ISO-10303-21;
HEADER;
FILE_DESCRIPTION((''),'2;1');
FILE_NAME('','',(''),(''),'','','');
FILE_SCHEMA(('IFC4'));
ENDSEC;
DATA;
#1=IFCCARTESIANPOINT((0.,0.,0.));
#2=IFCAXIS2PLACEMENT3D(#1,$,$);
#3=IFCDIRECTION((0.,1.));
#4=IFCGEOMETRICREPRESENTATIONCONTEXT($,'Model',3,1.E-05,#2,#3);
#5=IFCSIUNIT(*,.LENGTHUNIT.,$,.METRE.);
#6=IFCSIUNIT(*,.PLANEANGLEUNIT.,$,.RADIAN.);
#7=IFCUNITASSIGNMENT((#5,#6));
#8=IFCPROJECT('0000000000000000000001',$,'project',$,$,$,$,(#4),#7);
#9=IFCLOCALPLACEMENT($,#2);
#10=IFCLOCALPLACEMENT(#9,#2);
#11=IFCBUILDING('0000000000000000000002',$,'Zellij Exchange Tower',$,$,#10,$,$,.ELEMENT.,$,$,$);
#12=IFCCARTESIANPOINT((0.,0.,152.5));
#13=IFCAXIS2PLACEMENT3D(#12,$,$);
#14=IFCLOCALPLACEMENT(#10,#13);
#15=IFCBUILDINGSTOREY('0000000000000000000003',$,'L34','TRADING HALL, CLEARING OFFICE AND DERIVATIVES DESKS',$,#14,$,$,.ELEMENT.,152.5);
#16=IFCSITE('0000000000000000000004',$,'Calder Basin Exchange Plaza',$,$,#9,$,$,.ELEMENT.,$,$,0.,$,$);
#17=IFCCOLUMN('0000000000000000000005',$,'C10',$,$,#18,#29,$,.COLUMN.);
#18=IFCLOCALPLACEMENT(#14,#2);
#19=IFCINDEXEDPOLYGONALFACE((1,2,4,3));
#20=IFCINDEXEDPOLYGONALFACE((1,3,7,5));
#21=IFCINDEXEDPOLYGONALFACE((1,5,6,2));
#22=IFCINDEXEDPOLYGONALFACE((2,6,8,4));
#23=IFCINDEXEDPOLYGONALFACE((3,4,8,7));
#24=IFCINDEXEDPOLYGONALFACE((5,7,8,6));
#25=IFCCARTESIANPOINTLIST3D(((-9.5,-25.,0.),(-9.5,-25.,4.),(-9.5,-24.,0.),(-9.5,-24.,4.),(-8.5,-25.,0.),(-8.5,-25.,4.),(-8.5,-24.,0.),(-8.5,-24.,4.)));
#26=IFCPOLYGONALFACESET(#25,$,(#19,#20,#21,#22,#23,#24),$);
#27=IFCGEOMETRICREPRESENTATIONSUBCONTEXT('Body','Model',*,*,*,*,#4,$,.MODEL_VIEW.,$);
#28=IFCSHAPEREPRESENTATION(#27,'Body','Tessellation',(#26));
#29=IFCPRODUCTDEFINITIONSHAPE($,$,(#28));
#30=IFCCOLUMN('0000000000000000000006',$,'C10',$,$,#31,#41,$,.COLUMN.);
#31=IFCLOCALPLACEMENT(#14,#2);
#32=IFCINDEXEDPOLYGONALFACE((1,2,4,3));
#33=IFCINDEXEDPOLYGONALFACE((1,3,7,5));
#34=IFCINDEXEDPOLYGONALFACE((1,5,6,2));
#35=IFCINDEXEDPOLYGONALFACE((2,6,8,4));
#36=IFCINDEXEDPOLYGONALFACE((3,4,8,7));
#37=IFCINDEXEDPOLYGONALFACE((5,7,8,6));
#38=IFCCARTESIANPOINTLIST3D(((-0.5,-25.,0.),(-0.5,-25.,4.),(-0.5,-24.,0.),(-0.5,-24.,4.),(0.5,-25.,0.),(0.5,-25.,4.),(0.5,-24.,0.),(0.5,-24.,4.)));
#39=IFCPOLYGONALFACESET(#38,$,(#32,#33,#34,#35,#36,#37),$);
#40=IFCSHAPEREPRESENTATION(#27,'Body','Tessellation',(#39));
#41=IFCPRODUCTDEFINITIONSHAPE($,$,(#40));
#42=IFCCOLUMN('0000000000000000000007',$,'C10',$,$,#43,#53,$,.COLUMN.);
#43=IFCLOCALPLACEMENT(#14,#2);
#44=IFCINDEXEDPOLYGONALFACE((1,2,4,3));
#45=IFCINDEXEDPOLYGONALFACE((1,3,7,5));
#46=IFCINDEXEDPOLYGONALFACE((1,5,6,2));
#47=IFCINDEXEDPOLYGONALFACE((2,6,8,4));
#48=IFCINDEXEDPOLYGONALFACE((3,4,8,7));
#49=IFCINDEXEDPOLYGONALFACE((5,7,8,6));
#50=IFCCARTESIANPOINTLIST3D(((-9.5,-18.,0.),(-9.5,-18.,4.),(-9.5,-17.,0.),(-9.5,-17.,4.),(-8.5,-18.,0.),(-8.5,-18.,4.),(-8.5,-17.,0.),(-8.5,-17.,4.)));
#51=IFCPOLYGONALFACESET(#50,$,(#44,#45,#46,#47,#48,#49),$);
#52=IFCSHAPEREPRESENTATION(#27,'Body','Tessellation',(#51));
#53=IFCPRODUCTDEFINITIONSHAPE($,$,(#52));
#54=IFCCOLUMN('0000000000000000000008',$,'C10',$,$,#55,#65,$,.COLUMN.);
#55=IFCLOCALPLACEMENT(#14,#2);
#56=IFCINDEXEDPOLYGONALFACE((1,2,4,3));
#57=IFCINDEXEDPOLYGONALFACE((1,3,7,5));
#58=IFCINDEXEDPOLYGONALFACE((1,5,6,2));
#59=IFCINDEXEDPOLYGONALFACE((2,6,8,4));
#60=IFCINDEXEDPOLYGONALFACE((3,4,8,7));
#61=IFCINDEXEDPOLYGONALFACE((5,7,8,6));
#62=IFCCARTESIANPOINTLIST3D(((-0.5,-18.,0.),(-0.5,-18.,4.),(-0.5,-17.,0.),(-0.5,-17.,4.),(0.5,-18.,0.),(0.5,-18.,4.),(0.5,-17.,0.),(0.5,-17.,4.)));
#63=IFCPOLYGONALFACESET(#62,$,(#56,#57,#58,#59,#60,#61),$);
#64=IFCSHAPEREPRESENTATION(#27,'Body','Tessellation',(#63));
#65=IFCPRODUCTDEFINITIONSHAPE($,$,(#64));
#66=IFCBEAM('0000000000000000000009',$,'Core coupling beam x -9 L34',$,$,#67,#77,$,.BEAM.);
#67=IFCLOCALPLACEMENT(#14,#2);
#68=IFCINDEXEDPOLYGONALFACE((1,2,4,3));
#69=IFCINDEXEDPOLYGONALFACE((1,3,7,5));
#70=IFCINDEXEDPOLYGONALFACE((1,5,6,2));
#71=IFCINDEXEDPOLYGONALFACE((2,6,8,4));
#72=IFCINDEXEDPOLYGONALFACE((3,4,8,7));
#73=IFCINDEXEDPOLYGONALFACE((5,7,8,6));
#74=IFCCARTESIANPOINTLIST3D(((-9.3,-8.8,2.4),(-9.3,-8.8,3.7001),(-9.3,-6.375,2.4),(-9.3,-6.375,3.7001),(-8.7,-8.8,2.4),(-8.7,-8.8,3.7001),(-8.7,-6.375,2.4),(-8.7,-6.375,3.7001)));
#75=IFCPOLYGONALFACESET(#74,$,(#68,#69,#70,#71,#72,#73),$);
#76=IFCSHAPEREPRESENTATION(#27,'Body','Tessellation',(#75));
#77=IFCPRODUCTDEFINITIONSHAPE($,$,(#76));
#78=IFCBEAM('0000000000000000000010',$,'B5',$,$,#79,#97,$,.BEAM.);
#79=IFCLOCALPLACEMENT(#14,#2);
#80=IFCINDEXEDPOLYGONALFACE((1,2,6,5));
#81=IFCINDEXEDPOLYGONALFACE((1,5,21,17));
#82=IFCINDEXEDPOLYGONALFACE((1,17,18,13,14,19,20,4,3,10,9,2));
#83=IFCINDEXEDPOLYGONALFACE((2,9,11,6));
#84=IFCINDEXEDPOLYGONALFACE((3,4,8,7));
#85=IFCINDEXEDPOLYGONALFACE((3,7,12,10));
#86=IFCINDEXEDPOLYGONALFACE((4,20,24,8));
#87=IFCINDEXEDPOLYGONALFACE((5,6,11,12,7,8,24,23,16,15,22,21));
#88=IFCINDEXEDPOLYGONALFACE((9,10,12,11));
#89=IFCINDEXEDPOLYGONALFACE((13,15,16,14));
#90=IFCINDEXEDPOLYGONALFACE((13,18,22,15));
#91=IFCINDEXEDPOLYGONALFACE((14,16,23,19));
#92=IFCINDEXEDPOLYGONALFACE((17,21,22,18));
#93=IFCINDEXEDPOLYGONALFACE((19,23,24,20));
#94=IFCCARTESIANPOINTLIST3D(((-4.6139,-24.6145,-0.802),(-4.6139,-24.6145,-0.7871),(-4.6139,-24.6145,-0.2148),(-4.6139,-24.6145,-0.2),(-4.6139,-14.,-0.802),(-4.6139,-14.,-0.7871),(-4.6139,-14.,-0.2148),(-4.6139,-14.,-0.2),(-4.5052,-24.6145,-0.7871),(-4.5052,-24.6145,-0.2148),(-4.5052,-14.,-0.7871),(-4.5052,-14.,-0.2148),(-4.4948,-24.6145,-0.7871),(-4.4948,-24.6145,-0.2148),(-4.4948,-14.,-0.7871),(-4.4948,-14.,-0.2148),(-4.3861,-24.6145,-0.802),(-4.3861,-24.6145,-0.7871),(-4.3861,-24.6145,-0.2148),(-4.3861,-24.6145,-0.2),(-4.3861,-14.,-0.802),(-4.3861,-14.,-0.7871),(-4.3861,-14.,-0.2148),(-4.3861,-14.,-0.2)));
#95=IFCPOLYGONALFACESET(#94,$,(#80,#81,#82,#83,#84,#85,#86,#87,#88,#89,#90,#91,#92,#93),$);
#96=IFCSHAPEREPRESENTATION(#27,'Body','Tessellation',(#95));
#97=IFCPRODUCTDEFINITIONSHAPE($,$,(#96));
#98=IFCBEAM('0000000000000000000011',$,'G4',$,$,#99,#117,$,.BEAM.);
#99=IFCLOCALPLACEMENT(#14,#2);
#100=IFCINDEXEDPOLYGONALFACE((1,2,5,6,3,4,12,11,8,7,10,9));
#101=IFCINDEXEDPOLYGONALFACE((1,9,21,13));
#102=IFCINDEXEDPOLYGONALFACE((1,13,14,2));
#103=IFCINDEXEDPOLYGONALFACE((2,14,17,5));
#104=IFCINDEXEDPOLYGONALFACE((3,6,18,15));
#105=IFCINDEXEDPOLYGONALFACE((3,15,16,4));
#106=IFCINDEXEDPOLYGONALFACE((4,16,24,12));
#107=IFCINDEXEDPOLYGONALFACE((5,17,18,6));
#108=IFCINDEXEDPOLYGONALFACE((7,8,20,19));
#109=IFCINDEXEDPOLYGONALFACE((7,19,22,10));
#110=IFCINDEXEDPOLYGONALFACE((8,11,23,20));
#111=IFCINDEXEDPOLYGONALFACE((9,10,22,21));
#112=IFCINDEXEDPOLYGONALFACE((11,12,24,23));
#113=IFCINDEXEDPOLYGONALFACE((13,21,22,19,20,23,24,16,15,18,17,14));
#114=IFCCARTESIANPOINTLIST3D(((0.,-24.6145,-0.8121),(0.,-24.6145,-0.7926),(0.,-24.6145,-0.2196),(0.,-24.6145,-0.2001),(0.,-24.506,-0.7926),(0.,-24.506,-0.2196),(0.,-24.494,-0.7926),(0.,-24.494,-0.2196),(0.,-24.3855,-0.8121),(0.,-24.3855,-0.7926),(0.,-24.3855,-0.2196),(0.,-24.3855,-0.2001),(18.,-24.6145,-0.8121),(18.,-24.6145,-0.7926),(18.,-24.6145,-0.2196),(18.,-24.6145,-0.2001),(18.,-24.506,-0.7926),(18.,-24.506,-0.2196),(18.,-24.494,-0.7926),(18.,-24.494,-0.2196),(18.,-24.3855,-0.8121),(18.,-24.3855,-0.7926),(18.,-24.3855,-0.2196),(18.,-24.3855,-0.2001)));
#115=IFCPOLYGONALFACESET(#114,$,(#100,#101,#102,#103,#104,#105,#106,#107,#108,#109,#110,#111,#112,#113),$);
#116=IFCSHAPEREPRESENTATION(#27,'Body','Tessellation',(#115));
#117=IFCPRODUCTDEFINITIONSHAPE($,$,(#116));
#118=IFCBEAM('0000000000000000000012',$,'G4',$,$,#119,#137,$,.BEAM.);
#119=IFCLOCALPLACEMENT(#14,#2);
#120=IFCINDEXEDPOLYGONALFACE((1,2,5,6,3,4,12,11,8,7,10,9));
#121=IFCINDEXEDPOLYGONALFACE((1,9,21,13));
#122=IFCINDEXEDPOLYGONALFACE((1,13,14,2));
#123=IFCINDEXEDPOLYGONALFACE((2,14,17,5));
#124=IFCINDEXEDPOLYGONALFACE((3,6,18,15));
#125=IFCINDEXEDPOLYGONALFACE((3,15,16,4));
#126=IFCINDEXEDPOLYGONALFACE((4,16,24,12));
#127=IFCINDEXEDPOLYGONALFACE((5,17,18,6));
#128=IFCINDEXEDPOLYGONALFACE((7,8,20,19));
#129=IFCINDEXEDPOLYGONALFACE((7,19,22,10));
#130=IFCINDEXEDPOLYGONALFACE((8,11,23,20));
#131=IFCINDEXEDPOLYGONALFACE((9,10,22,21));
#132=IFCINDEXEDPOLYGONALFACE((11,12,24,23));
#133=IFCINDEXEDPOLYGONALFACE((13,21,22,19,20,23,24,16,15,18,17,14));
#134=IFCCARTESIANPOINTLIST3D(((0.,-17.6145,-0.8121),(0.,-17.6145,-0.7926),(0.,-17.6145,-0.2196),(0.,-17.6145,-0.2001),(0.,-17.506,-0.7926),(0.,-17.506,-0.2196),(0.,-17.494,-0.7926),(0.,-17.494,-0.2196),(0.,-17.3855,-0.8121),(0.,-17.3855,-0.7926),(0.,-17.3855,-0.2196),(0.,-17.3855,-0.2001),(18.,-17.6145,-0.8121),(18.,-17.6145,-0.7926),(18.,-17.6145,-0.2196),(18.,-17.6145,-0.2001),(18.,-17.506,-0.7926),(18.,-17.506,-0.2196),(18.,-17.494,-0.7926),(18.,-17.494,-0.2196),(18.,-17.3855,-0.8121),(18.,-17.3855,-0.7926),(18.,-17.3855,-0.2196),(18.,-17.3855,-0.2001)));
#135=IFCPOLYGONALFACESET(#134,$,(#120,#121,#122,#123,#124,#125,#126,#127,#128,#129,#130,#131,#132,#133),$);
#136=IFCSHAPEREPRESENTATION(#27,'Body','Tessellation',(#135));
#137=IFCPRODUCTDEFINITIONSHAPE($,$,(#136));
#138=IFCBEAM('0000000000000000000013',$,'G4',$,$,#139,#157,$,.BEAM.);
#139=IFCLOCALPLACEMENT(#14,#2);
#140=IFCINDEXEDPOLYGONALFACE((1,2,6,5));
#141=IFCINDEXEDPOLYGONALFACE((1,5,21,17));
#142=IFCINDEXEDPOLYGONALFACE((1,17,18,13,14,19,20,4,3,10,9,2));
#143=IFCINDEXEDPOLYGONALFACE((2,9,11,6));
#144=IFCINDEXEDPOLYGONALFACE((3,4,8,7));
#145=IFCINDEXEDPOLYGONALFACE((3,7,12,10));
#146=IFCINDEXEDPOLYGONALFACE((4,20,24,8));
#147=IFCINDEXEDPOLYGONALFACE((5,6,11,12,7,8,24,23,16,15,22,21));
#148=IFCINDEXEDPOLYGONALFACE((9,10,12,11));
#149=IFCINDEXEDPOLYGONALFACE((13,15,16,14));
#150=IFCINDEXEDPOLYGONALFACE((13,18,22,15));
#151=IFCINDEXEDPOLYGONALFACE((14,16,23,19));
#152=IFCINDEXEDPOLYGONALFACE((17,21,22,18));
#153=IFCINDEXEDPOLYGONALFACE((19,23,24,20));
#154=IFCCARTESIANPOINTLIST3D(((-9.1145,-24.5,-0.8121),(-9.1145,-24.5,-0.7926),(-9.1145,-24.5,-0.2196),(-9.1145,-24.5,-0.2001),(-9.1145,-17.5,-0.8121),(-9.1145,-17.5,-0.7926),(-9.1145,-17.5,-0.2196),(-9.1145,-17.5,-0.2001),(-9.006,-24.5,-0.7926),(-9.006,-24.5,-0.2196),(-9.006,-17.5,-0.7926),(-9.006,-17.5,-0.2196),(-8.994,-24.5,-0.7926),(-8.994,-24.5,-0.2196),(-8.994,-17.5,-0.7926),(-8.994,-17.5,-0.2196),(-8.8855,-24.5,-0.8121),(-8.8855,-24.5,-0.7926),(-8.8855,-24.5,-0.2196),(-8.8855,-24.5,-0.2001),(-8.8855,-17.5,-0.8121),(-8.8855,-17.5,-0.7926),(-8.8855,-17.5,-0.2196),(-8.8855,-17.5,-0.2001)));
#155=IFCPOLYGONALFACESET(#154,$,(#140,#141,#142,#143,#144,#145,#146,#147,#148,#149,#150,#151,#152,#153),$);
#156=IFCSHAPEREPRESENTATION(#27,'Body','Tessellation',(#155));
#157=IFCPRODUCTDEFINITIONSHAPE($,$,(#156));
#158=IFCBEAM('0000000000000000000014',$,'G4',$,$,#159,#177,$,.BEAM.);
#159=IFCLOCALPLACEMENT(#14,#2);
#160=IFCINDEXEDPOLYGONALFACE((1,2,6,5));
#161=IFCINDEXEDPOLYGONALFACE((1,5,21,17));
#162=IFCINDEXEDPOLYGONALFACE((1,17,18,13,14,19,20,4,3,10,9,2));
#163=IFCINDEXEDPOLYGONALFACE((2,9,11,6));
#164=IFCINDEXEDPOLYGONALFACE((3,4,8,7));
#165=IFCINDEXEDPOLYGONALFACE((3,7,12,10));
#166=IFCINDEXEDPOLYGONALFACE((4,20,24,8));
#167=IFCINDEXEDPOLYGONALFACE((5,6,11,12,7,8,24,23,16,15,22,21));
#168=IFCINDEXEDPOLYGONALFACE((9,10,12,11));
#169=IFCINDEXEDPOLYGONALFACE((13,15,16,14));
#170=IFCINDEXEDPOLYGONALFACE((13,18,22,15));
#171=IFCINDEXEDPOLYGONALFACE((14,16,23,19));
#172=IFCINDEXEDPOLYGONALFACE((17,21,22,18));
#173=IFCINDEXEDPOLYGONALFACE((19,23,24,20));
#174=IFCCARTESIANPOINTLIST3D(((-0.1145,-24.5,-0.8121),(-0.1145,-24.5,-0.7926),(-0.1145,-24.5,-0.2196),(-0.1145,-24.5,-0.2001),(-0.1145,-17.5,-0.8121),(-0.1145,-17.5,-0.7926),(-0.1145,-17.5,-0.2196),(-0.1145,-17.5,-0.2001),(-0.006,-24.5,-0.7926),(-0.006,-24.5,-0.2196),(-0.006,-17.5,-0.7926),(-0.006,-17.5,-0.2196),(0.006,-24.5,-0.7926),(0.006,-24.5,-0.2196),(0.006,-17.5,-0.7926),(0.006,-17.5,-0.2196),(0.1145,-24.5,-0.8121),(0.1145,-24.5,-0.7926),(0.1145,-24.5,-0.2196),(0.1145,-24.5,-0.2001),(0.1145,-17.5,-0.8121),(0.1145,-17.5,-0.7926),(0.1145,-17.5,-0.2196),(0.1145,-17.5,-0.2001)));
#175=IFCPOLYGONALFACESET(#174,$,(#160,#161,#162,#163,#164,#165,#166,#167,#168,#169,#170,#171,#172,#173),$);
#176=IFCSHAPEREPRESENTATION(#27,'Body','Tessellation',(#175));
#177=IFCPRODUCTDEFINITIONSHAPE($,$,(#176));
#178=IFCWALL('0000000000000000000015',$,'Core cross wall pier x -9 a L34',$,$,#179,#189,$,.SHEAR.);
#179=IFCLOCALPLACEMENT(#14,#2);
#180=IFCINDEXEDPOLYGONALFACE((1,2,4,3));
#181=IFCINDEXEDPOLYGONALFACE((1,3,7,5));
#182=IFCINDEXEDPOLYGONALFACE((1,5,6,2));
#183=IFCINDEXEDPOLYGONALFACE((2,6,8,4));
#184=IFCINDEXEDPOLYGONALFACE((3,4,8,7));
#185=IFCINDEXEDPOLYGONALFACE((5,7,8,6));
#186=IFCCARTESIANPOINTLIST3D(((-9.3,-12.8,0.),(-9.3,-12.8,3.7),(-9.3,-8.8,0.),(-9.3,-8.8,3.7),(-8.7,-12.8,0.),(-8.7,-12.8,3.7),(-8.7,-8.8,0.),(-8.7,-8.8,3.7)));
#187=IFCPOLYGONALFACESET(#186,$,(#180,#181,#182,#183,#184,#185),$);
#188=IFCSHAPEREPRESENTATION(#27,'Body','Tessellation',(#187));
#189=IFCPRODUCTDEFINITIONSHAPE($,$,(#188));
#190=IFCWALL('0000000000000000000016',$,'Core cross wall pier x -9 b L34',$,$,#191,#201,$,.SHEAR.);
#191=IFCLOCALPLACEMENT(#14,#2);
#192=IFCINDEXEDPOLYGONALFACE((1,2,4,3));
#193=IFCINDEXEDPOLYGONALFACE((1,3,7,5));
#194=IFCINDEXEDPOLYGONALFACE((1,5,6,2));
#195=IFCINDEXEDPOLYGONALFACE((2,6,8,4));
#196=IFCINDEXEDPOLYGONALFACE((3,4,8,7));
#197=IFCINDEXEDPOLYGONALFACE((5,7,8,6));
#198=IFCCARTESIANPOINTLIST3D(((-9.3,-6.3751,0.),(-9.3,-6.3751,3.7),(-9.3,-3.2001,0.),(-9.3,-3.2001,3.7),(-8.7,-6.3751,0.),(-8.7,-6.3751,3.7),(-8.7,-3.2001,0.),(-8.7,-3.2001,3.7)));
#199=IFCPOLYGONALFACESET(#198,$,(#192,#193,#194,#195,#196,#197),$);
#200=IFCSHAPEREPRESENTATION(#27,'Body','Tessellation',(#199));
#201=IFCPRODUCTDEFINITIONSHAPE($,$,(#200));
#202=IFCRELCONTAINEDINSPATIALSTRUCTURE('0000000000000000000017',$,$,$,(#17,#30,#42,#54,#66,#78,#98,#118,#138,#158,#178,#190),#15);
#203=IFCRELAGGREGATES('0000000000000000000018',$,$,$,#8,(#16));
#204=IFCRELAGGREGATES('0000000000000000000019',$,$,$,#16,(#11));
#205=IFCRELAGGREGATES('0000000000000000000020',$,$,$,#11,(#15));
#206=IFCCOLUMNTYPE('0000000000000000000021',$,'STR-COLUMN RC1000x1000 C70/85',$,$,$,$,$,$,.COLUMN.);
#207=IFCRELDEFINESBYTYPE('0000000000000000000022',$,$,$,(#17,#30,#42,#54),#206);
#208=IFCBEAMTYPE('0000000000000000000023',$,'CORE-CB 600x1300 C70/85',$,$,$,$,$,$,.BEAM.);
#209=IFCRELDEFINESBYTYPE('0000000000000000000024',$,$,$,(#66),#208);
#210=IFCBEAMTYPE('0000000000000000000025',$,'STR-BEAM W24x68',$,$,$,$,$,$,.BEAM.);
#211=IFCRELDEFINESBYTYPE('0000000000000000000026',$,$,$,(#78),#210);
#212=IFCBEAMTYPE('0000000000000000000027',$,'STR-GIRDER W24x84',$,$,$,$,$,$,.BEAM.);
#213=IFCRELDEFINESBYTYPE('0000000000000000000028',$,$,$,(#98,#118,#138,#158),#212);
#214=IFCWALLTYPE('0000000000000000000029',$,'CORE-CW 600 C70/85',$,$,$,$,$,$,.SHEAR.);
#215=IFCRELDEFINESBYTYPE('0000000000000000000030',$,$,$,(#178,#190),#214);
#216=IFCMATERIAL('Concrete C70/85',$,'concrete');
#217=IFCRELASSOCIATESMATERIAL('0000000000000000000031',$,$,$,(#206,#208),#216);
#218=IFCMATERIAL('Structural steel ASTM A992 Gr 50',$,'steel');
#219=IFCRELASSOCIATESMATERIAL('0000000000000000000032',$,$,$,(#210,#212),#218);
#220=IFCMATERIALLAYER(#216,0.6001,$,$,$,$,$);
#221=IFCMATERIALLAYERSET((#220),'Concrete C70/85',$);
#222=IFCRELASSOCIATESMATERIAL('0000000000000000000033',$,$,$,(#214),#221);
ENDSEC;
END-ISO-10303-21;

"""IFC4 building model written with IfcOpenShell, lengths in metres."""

from ifc_helpers import new_model, si_unit, direction, frame, frame_2d, origin, origin_2d, place, context, subcontext, project, spatial, rectangle, i_section, extrude, material, layer, layer_set, material_profile, profile_set, type_object, element, save


model = new_model("IFC4")

# Units and contexts
model_context = context("Model", 3, precision=1e-05, world=origin(), true_north=direction((0.0, 1.0)))
body_context = subcontext(model_context, "Body", "Model", "MODEL_VIEW")
ifc_project = project(units=[si_unit("LENGTHUNIT", "METRE"), si_unit("PLANEANGLEUNIT", "RADIAN")], contexts=[model_context])

# Site, building, storey
site_placement = place(None, origin())
site = spatial("IfcSite", under=ifc_project, at=site_placement, Name="Calder Basin Exchange Plaza", CompositionType="ELEMENT", RefElevation=0.0)
building_placement = place(site_placement, origin())
building = spatial("IfcBuilding", under=site, at=building_placement, Name="Zellij Exchange Tower", CompositionType="ELEMENT")
storey_placement = place(building_placement, frame((0.0, 0.0, 152.5)))
storey = spatial("IfcBuildingStorey", under=building, at=storey_placement, Name="L34", Description="TRADING HALL, CLEARING OFFICE AND DERIVATIVES DESKS", CompositionType="ELEMENT", Elevation=152.5)

# Columns
ifc_material_1 = material(Name="Concrete C70/85", Category="concrete")
ifc_material_profile_1 = material_profile(ifc_material_1, rectangle(XDim=1.0, YDim=1.0, at=origin_2d()), Name="STR-COLUMN RC1000x1000 C70/85")
ifc_profile_set_1 = profile_set([ifc_material_profile_1], Name="Concrete C70/85")
column_type = type_object("IfcColumnType", Name="STR-COLUMN RC1000x1000 C70/85", PredefinedType="COLUMN", material=ifc_profile_set_1)
for number, where, z_axis, x_axis, name in (
    (1, (-9.0, -24.5, 0.0), (0.0, 0.0, 1.0), (1.0, 0.0, 0.0), "C10"),
    (2, (0.0, -24.5, 0.0), (0.0, 0.0, 1.0), (1.0, 0.0, 0.0), "C10"),
    (3, (-9.0, -17.5, 0.0), (0.0, 0.0, 1.0), (1.0, 0.0, 0.0), "C10"),
    (4, (0.0, -17.5, 0.0), (0.0, 0.0, 1.0), (1.0, 0.0, 0.0), "C10"),
):
    element("IfcColumn", number, at=place(storey_placement, frame(where, z_axis=z_axis, x_axis=x_axis)), inside=storey, type_object=column_type, Name=name, PredefinedType="COLUMN", context=body_context, shape_type="SweptSolid", body=[
        extrude(rectangle(XDim=1.0, YDim=1.0, at=origin_2d()), origin(), (0.0, 0.0, 1.0), 4.0),
    ])

# Beams
ifc_material_profile_2 = material_profile(ifc_material_1, rectangle(XDim=0.6001, YDim=1.3, at=origin_2d()), Name="CORE-CB 600x1300 C70/85")
ifc_profile_set_2 = profile_set([ifc_material_profile_2], Name="Concrete C70/85")
beam_type_1 = type_object("IfcBeamType", Name="CORE-CB 600x1300 C70/85", PredefinedType="BEAM", material=ifc_profile_set_2)
beam_1_placement = place(storey_placement, frame((-9.0, -8.8, 3.05), z_axis=(0.0, 1.0, 0.0), x_axis=(-1.0, 0.0, 0.0)))
element("IfcBeam", 5, at=beam_1_placement, inside=storey, type_object=beam_type_1, Name="Core coupling beam x -9 L34", PredefinedType="BEAM", context=body_context, shape_type="SweptSolid", body=[
    extrude(rectangle(XDim=0.6001, YDim=1.3, at=origin_2d()), origin(), (0.0, 0.0, 1.0), 2.425),
])
ifc_material_2 = material(Name="Structural steel ASTM A992 Gr 50", Category="steel")
ifc_material_profile_3 = material_profile(ifc_material_2, i_section(OverallWidth=0.2278, OverallDepth=0.6021, WebThickness=0.0105, FlangeThickness=0.0149, at=origin_2d()), Name="W24x68")
ifc_profile_set_3 = profile_set([ifc_material_profile_3], Name="Structural steel ASTM A992 Gr 50")
beam_type_2 = type_object("IfcBeamType", Name="STR-BEAM W24x68", PredefinedType="BEAM", material=ifc_profile_set_3)
beam_2_placement = place(storey_placement, frame((-4.5, -24.6145, -0.501), z_axis=(0.0, 1.0, 0.0), x_axis=(-1.0, 0.0, 0.0)))
element("IfcBeam", 6, at=beam_2_placement, inside=storey, type_object=beam_type_2, Name="B5", PredefinedType="BEAM", context=body_context, shape_type="SweptSolid", body=[
    extrude(i_section(OverallWidth=0.2278, OverallDepth=0.6021, WebThickness=0.0105, FlangeThickness=0.0149, at=origin_2d()), origin(), (0.0, 0.0, 1.0), 10.6145),
])
ifc_material_profile_4 = material_profile(ifc_material_2, i_section(OverallWidth=0.229, OverallDepth=0.6121, WebThickness=0.012, FlangeThickness=0.0195, at=origin_2d()), Name="W24x84")
ifc_profile_set_4 = profile_set([ifc_material_profile_4], Name="Structural steel ASTM A992 Gr 50")
beam_type_3 = type_object("IfcBeamType", Name="STR-GIRDER W24x84", PredefinedType="BEAM", material=ifc_profile_set_4)
for number, where, z_axis, x_axis, name in (
    (7, (0.0, -24.5, -0.5061), (1.0, 0.0, 0.0), (0.0, 1.0, 0.0), "G4"),
    (8, (0.0, -17.5, -0.5061), (1.0, 0.0, 0.0), (0.0, 1.0, 0.0), "G4"),
):
    element("IfcBeam", number, at=place(storey_placement, frame(where, z_axis=z_axis, x_axis=x_axis)), inside=storey, type_object=beam_type_3, Name=name, PredefinedType="BEAM", context=body_context, shape_type="SweptSolid", body=[
        extrude(i_section(OverallWidth=0.229, OverallDepth=0.6121, WebThickness=0.012, FlangeThickness=0.0195, at=origin_2d()), origin(), (0.0, 0.0, 1.0), 18.0),
    ])
for number, where, z_axis, x_axis, name in (
    (9, (-9.0, -24.5, -0.5061), (0.0, 1.0, 0.0), (-1.0, 0.0, 0.0), "G4"),
    (10, (0.0, -24.5, -0.5061), (0.0, 1.0, 0.0), (-1.0, 0.0, 0.0), "G4"),
):
    element("IfcBeam", number, at=place(storey_placement, frame(where, z_axis=z_axis, x_axis=x_axis)), inside=storey, type_object=beam_type_3, Name=name, PredefinedType="BEAM", context=body_context, shape_type="SweptSolid", body=[
        extrude(i_section(OverallWidth=0.229, OverallDepth=0.6121, WebThickness=0.012, FlangeThickness=0.0195, at=origin_2d()), origin(), (0.0, 0.0, 1.0), 7.0),
    ])

# Walls
ifc_layer_1 = layer(ifc_material_1, 0.6001)
ifc_layer_set_1 = layer_set([ifc_layer_1], Name="Concrete C70/85")
wall_type_1 = type_object("IfcWallType", Name="CORE-CW 600 C70/85", PredefinedType="SHEAR", material=ifc_layer_set_1)
wall_1_placement = place(storey_placement, frame((-9.0, -12.8, 0.0), z_axis=(0.0, 0.0, 1.0), x_axis=(0.0, 1.0, 0.0)))
element("IfcWall", 11, at=wall_1_placement, inside=storey, type_object=wall_type_1, Name="Core cross wall pier x -9 a L34", PredefinedType="SHEAR", context=body_context, shape_type="SweptSolid", body=[
    extrude(rectangle(XDim=4.0, YDim=0.6001, at=frame_2d((2.0, 0.0))), origin(), (0.0, 0.0, 1.0), 3.7),
])
wall_2_placement = place(storey_placement, frame((-9.0, -6.375, 0.0), z_axis=(0.0, 0.0, 1.0), x_axis=(0.0, 1.0, 0.0)))
element("IfcWall", 12, at=wall_2_placement, inside=storey, type_object=wall_type_1, Name="Core cross wall pier x -9 b L34", PredefinedType="SHEAR", context=body_context, shape_type="SweptSolid", body=[
    extrude(rectangle(XDim=3.175, YDim=0.6001, at=frame_2d((1.5874, 0.0))), origin(), (0.0, 0.0, 1.0), 3.7),
])

save(model, "model.ifc")
